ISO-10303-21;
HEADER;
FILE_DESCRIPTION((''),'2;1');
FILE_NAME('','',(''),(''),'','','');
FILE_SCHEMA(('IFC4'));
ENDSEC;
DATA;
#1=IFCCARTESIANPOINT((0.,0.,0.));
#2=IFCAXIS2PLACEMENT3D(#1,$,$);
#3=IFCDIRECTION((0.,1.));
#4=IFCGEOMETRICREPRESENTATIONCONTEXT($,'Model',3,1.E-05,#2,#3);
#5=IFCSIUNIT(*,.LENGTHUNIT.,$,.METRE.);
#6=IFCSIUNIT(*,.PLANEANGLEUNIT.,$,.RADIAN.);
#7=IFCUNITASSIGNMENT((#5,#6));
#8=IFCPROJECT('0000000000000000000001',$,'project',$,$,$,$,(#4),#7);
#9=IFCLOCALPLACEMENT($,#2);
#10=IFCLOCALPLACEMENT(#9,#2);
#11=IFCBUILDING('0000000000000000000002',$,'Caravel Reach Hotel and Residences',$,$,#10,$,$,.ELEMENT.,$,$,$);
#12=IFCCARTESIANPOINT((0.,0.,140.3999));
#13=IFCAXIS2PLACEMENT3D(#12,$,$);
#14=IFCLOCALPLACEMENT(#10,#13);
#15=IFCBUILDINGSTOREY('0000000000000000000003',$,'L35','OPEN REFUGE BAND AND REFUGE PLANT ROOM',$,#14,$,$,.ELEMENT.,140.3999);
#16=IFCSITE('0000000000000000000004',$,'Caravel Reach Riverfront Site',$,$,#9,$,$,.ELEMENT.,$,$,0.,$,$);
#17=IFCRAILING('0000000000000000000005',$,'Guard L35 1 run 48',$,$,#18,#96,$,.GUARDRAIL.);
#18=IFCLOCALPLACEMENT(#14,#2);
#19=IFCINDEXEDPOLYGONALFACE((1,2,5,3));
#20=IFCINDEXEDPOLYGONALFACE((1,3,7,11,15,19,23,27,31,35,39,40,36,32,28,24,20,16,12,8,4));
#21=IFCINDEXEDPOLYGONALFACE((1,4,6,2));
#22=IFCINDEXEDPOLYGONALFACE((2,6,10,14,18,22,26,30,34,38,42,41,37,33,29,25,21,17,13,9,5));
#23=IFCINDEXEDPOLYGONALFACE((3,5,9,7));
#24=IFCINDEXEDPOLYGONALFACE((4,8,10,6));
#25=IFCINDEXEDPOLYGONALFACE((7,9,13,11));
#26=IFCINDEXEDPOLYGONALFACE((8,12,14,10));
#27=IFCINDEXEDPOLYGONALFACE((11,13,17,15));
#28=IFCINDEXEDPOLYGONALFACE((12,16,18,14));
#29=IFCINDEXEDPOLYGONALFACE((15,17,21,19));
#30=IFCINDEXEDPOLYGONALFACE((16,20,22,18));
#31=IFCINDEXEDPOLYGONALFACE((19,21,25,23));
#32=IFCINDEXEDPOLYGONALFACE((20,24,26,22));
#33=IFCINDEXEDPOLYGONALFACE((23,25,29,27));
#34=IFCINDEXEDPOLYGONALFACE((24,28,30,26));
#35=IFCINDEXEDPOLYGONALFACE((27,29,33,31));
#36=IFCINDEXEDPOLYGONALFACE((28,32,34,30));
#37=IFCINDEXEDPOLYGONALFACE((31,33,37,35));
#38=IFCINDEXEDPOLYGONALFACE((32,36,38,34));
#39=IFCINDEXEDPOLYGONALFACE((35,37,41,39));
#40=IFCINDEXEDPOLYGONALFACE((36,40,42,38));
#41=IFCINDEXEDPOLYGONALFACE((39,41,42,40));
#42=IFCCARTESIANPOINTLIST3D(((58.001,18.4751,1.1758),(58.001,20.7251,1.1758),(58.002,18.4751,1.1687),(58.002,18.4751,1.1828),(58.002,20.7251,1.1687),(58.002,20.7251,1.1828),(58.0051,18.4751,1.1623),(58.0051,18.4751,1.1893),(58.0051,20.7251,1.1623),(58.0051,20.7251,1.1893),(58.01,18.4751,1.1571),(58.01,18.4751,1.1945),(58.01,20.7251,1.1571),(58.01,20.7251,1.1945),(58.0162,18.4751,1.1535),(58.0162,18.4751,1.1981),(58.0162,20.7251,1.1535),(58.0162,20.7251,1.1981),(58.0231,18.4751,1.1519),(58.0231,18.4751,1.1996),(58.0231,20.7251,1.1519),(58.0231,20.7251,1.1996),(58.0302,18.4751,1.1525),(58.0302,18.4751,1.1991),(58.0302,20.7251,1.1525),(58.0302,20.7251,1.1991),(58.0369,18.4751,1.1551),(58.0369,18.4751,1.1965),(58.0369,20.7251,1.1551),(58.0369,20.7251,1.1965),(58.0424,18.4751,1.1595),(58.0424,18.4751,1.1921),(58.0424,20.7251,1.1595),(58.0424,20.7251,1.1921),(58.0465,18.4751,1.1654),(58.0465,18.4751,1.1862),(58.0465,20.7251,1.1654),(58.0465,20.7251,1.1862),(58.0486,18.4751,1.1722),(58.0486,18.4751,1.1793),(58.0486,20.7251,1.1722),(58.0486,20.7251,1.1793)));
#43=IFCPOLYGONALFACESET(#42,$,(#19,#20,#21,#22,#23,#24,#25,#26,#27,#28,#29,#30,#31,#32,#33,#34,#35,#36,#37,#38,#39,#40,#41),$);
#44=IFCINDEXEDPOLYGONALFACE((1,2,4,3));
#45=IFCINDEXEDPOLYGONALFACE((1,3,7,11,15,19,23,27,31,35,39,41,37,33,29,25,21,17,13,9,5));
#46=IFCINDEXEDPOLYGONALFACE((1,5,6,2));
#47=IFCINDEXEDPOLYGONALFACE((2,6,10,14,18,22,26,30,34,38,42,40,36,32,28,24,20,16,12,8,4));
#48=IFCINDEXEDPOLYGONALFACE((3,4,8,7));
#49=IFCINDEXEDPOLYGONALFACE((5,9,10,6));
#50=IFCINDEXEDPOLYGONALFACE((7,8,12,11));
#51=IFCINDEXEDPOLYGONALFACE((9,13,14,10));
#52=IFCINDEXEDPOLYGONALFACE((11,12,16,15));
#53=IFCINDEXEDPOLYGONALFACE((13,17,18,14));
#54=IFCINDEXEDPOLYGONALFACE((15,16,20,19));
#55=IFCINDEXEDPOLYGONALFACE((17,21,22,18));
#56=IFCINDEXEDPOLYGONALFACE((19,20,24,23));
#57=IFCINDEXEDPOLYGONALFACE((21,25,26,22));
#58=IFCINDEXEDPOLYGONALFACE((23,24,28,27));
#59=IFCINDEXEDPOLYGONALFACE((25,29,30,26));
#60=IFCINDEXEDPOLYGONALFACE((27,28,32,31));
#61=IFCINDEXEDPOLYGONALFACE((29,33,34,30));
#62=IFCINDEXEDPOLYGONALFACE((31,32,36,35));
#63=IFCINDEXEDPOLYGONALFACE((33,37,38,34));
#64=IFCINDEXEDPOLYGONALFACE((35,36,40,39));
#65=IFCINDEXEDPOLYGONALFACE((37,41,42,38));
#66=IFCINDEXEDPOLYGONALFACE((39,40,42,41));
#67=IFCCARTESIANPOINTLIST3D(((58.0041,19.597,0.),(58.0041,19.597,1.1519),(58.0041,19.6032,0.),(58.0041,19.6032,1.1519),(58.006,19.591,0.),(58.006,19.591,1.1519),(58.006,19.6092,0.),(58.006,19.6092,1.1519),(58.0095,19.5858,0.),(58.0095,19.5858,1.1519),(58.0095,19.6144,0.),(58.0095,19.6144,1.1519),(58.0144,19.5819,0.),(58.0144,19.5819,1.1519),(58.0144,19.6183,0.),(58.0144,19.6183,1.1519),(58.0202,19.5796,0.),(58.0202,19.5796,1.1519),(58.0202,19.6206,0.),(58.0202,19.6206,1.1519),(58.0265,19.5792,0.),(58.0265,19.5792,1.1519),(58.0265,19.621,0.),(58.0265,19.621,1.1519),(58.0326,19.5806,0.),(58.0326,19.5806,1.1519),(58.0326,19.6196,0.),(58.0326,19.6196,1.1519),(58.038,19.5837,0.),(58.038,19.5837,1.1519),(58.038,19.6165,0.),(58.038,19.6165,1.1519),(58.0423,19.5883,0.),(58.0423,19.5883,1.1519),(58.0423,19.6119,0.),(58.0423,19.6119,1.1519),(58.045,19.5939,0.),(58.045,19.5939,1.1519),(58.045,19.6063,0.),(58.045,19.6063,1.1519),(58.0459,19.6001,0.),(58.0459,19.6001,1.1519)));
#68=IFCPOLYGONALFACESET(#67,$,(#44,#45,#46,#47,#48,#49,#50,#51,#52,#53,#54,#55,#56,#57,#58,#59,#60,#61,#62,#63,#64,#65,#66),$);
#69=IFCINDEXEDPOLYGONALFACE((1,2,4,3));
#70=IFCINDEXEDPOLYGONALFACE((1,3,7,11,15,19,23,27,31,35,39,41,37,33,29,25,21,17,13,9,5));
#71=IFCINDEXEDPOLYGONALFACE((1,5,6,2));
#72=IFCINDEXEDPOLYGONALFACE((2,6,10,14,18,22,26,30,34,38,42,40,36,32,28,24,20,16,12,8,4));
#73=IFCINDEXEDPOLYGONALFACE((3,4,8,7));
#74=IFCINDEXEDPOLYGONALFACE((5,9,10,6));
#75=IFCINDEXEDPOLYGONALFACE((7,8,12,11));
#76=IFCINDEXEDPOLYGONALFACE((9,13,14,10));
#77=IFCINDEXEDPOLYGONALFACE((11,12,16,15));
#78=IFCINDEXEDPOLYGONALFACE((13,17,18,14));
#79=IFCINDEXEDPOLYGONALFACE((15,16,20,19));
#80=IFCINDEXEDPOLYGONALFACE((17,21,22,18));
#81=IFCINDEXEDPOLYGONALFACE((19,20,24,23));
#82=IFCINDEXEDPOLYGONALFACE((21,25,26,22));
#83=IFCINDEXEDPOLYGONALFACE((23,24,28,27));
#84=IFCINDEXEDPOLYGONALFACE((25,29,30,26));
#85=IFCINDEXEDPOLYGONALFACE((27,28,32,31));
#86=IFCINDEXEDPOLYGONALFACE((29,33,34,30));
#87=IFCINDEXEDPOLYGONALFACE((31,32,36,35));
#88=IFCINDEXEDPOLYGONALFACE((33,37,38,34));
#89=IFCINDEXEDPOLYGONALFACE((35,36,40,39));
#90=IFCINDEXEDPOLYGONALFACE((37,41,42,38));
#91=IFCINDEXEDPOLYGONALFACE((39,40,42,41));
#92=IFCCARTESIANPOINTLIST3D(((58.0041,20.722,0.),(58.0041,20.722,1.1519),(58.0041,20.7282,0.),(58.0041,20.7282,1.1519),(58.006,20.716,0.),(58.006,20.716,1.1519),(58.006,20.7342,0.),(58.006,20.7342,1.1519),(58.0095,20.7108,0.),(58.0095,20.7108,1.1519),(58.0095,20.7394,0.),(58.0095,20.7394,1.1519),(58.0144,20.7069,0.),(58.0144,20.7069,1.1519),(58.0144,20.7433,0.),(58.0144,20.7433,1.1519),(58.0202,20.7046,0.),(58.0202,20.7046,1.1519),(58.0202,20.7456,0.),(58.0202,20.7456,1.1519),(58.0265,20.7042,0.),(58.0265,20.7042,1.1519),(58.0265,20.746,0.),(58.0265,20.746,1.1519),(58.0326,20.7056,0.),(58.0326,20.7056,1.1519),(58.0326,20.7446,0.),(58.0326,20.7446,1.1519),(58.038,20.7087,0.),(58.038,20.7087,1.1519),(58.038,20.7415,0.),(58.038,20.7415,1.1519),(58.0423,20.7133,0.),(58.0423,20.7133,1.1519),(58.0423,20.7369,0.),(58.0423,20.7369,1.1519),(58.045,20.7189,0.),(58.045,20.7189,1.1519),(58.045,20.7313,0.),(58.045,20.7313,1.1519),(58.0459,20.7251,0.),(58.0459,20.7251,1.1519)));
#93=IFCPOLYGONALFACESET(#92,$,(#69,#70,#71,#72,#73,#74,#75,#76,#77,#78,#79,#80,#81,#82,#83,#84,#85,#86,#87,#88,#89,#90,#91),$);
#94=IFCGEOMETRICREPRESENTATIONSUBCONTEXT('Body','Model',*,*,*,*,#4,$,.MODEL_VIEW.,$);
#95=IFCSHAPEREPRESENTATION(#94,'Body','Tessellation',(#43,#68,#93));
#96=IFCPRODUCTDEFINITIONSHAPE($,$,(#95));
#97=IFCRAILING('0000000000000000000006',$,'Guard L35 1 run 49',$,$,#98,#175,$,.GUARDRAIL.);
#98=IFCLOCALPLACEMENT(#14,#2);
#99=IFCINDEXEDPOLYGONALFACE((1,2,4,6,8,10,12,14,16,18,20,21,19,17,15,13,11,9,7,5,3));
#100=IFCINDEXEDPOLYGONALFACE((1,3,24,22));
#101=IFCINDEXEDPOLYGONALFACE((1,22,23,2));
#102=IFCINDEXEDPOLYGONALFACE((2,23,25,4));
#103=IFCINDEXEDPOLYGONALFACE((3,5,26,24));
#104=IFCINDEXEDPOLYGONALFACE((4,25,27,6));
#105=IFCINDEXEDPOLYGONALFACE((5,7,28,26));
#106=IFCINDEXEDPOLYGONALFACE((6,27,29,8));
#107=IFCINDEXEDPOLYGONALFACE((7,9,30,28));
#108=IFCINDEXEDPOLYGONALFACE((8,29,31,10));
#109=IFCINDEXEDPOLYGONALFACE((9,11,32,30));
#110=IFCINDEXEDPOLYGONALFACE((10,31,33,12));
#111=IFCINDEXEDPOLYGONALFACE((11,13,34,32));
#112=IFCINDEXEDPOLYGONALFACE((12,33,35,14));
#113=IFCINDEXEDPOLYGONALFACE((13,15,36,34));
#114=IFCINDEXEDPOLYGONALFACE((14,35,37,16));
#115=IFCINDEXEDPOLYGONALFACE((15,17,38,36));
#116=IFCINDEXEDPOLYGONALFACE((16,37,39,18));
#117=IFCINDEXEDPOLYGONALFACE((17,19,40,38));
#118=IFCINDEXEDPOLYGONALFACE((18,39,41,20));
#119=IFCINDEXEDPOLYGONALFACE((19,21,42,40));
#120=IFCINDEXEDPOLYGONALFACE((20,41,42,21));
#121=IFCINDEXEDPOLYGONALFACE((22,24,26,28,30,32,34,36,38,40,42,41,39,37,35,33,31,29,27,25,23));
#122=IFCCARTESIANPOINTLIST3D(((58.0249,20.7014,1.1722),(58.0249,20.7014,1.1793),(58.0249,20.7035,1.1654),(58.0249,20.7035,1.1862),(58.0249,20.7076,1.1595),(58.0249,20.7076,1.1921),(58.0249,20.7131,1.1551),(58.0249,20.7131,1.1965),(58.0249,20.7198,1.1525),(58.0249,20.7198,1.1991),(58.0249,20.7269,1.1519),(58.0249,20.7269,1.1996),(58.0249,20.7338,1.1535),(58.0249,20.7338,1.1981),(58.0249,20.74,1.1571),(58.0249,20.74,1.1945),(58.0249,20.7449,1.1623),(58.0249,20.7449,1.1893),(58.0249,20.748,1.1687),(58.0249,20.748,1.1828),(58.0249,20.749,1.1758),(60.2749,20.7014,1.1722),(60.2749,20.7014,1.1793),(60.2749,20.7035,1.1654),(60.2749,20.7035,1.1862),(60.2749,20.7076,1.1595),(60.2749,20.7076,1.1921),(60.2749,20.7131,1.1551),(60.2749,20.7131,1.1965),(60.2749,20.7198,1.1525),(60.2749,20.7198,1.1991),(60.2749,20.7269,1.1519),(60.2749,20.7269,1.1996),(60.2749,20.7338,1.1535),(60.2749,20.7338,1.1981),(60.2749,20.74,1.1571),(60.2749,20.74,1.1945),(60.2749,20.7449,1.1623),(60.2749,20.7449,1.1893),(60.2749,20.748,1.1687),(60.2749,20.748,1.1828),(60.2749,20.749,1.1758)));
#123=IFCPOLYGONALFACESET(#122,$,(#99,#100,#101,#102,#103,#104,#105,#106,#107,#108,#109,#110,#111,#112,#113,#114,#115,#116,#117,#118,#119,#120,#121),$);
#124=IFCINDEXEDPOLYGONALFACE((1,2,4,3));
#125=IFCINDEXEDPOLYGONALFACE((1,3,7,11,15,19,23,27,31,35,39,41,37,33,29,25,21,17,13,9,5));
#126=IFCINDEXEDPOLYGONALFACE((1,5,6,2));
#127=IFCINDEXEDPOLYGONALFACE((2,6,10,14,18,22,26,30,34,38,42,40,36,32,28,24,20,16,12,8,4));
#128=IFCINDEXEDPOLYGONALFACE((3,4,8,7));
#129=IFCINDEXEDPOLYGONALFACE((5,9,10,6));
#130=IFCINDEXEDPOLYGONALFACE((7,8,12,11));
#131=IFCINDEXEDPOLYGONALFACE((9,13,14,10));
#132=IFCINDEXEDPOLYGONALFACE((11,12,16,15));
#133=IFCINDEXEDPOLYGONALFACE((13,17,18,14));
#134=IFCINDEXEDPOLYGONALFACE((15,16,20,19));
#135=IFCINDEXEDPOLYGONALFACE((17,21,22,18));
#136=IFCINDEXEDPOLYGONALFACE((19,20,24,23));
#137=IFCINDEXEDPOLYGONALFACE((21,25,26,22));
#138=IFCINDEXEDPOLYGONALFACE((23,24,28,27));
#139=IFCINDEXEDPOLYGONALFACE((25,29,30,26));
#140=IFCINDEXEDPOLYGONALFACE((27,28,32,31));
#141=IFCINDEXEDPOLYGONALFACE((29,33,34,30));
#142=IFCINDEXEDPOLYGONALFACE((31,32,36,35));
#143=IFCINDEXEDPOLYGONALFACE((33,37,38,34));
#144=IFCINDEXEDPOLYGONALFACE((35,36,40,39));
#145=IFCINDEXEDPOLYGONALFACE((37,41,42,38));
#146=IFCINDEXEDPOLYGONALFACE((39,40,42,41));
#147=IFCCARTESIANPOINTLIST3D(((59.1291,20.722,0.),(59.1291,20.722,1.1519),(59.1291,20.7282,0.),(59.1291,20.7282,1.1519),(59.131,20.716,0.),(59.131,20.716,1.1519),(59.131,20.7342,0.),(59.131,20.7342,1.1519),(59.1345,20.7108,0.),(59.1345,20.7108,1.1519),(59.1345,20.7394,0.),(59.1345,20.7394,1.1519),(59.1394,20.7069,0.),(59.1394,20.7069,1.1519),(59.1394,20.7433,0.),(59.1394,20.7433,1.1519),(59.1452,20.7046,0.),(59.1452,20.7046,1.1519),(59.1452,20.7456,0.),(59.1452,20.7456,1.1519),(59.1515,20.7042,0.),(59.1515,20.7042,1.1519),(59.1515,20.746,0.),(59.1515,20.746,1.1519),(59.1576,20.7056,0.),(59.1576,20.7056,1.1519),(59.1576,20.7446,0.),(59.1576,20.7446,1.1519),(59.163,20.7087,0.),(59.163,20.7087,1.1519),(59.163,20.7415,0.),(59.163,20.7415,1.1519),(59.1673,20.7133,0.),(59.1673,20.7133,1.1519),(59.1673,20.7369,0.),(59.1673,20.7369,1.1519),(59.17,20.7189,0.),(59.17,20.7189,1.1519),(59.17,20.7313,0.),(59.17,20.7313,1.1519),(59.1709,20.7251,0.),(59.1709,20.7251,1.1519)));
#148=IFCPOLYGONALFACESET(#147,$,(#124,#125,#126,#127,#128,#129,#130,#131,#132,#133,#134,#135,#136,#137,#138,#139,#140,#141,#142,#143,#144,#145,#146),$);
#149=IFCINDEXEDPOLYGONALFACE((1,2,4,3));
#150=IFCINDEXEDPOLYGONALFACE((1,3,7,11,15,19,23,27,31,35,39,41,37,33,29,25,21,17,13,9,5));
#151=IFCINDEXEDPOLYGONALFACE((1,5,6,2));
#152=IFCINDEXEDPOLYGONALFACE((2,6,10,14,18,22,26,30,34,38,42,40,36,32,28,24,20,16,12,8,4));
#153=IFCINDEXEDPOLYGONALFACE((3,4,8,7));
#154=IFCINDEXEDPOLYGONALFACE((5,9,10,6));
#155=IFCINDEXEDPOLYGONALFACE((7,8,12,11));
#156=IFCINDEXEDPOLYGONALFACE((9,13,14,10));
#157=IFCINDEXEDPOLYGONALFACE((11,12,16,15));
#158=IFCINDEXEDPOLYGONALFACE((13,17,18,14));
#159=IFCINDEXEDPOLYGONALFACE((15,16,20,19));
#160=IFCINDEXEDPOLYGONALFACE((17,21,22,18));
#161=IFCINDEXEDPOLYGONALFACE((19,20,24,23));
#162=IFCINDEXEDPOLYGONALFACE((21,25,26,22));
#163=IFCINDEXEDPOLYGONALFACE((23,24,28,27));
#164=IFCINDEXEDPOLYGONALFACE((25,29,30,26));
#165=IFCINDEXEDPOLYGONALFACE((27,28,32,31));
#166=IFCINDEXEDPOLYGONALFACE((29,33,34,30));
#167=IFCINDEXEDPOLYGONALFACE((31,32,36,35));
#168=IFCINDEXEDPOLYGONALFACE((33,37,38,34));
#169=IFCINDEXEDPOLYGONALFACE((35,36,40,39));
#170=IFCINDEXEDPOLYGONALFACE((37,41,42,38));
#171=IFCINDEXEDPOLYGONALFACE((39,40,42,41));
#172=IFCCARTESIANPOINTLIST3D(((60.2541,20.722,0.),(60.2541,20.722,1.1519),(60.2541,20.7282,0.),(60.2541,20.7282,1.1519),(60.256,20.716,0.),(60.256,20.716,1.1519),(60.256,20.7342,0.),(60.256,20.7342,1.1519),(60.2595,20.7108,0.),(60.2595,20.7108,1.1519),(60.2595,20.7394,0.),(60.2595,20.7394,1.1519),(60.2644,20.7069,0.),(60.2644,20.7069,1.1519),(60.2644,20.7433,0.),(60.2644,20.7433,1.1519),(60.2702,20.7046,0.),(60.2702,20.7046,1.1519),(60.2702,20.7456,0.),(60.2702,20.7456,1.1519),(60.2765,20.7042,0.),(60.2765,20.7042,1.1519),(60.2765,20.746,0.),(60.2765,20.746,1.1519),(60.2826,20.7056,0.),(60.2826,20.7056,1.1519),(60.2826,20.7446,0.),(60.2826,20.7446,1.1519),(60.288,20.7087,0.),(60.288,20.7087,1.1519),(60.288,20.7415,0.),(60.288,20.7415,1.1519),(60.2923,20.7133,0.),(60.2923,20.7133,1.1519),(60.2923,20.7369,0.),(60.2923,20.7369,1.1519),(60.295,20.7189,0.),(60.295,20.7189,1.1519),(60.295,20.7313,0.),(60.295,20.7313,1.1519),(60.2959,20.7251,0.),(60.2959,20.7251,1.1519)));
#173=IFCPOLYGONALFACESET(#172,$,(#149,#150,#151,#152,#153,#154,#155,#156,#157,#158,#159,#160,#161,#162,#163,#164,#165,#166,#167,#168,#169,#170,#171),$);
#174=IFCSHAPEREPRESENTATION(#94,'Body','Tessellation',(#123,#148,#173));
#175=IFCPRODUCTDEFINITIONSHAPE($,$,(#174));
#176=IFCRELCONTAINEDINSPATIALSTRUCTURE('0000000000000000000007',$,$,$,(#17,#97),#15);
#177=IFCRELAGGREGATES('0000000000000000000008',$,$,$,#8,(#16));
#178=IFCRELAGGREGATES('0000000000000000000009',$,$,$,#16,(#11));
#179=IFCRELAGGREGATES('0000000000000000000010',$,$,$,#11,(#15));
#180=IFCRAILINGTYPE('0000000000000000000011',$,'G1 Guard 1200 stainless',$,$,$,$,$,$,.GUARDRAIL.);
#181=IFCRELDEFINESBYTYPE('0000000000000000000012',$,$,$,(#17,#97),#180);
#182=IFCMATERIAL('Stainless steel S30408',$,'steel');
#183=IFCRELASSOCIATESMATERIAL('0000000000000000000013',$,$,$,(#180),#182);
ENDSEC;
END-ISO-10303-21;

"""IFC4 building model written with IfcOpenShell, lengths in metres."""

from ifc_helpers import new_model, si_unit, direction, frame, origin, origin_2d, place, context, subcontext, project, spatial, circle, extrude, material, type_object, element, save


model = new_model("IFC4")

# Units and contexts
model_context = context("Model", 3, precision=1e-05, world=origin(), true_north=direction((0.0, 1.0)))
body_context = subcontext(model_context, "Body", "Model", "MODEL_VIEW")
ifc_project = project(units=[si_unit("LENGTHUNIT", "METRE"), si_unit("PLANEANGLEUNIT", "RADIAN")], contexts=[model_context])

# Site, building, storey
site_placement = place(None, origin())
site = spatial("IfcSite", under=ifc_project, at=site_placement, Name="Caravel Reach Riverfront Site", CompositionType="ELEMENT", RefElevation=0.0)
building_placement = place(site_placement, origin())
building = spatial("IfcBuilding", under=site, at=building_placement, Name="Caravel Reach Hotel and Residences", CompositionType="ELEMENT")
storey_placement = place(building_placement, frame((0.0, 0.0, 140.3999)))
storey = spatial("IfcBuildingStorey", under=building, at=storey_placement, Name="L35", Description="OPEN REFUGE BAND AND REFUGE PLANT ROOM", CompositionType="ELEMENT", Elevation=140.3999)

# Railings
ifc_material_1 = material(Name="Stainless steel S30408", Category="steel")
railing_type = type_object("IfcRailingType", Name="G1 Guard 1200 stainless", PredefinedType="GUARDRAIL", material=ifc_material_1)
railing_1_placement = place(storey_placement, frame((58.0249, 18.4751, 0.0)))
element("IfcRailing", 1, at=railing_1_placement, inside=storey, type_object=railing_type, Name="Guard L35 1 run 48", PredefinedType="GUARDRAIL", context=body_context, shape_type="SweptSolid", body=[
    extrude(circle(Radius=0.0239, at=origin_2d()), frame((0.0, 0.0, 1.1758), z_axis=(0.0, 1.0, 0.0), x_axis=(-1.0, 0.0, 0.0)), (0.0, 0.0, 1.0), 2.25),
    extrude(circle(Radius=0.021, at=origin_2d()), frame((0.0, 1.125, 0.0)), (0.0, 0.0, 1.0), 1.1519),
    extrude(circle(Radius=0.021, at=origin_2d()), frame((0.0, 2.25, 0.0)), (0.0, 0.0, 1.0), 1.1519),
])
railing_2_placement = place(storey_placement, frame((58.0249, 20.7251, 0.0)))
element("IfcRailing", 2, at=railing_2_placement, inside=storey, type_object=railing_type, Name="Guard L35 1 run 49", PredefinedType="GUARDRAIL", context=body_context, shape_type="SweptSolid", body=[
    extrude(circle(Radius=0.0239, at=origin_2d()), frame((0.0, 0.0, 1.1758), z_axis=(1.0, 0.0, 0.0), x_axis=(0.0, 1.0, 0.0)), (0.0, 0.0, 1.0), 2.25),
    extrude(circle(Radius=0.021, at=origin_2d()), frame((1.125, 0.0, 0.0)), (0.0, 0.0, 1.0), 1.1519),
    extrude(circle(Radius=0.021, at=origin_2d()), frame((2.25, 0.0, 0.0)), (0.0, 0.0, 1.0), 1.1519),
])

save(model, "model.ifc")
